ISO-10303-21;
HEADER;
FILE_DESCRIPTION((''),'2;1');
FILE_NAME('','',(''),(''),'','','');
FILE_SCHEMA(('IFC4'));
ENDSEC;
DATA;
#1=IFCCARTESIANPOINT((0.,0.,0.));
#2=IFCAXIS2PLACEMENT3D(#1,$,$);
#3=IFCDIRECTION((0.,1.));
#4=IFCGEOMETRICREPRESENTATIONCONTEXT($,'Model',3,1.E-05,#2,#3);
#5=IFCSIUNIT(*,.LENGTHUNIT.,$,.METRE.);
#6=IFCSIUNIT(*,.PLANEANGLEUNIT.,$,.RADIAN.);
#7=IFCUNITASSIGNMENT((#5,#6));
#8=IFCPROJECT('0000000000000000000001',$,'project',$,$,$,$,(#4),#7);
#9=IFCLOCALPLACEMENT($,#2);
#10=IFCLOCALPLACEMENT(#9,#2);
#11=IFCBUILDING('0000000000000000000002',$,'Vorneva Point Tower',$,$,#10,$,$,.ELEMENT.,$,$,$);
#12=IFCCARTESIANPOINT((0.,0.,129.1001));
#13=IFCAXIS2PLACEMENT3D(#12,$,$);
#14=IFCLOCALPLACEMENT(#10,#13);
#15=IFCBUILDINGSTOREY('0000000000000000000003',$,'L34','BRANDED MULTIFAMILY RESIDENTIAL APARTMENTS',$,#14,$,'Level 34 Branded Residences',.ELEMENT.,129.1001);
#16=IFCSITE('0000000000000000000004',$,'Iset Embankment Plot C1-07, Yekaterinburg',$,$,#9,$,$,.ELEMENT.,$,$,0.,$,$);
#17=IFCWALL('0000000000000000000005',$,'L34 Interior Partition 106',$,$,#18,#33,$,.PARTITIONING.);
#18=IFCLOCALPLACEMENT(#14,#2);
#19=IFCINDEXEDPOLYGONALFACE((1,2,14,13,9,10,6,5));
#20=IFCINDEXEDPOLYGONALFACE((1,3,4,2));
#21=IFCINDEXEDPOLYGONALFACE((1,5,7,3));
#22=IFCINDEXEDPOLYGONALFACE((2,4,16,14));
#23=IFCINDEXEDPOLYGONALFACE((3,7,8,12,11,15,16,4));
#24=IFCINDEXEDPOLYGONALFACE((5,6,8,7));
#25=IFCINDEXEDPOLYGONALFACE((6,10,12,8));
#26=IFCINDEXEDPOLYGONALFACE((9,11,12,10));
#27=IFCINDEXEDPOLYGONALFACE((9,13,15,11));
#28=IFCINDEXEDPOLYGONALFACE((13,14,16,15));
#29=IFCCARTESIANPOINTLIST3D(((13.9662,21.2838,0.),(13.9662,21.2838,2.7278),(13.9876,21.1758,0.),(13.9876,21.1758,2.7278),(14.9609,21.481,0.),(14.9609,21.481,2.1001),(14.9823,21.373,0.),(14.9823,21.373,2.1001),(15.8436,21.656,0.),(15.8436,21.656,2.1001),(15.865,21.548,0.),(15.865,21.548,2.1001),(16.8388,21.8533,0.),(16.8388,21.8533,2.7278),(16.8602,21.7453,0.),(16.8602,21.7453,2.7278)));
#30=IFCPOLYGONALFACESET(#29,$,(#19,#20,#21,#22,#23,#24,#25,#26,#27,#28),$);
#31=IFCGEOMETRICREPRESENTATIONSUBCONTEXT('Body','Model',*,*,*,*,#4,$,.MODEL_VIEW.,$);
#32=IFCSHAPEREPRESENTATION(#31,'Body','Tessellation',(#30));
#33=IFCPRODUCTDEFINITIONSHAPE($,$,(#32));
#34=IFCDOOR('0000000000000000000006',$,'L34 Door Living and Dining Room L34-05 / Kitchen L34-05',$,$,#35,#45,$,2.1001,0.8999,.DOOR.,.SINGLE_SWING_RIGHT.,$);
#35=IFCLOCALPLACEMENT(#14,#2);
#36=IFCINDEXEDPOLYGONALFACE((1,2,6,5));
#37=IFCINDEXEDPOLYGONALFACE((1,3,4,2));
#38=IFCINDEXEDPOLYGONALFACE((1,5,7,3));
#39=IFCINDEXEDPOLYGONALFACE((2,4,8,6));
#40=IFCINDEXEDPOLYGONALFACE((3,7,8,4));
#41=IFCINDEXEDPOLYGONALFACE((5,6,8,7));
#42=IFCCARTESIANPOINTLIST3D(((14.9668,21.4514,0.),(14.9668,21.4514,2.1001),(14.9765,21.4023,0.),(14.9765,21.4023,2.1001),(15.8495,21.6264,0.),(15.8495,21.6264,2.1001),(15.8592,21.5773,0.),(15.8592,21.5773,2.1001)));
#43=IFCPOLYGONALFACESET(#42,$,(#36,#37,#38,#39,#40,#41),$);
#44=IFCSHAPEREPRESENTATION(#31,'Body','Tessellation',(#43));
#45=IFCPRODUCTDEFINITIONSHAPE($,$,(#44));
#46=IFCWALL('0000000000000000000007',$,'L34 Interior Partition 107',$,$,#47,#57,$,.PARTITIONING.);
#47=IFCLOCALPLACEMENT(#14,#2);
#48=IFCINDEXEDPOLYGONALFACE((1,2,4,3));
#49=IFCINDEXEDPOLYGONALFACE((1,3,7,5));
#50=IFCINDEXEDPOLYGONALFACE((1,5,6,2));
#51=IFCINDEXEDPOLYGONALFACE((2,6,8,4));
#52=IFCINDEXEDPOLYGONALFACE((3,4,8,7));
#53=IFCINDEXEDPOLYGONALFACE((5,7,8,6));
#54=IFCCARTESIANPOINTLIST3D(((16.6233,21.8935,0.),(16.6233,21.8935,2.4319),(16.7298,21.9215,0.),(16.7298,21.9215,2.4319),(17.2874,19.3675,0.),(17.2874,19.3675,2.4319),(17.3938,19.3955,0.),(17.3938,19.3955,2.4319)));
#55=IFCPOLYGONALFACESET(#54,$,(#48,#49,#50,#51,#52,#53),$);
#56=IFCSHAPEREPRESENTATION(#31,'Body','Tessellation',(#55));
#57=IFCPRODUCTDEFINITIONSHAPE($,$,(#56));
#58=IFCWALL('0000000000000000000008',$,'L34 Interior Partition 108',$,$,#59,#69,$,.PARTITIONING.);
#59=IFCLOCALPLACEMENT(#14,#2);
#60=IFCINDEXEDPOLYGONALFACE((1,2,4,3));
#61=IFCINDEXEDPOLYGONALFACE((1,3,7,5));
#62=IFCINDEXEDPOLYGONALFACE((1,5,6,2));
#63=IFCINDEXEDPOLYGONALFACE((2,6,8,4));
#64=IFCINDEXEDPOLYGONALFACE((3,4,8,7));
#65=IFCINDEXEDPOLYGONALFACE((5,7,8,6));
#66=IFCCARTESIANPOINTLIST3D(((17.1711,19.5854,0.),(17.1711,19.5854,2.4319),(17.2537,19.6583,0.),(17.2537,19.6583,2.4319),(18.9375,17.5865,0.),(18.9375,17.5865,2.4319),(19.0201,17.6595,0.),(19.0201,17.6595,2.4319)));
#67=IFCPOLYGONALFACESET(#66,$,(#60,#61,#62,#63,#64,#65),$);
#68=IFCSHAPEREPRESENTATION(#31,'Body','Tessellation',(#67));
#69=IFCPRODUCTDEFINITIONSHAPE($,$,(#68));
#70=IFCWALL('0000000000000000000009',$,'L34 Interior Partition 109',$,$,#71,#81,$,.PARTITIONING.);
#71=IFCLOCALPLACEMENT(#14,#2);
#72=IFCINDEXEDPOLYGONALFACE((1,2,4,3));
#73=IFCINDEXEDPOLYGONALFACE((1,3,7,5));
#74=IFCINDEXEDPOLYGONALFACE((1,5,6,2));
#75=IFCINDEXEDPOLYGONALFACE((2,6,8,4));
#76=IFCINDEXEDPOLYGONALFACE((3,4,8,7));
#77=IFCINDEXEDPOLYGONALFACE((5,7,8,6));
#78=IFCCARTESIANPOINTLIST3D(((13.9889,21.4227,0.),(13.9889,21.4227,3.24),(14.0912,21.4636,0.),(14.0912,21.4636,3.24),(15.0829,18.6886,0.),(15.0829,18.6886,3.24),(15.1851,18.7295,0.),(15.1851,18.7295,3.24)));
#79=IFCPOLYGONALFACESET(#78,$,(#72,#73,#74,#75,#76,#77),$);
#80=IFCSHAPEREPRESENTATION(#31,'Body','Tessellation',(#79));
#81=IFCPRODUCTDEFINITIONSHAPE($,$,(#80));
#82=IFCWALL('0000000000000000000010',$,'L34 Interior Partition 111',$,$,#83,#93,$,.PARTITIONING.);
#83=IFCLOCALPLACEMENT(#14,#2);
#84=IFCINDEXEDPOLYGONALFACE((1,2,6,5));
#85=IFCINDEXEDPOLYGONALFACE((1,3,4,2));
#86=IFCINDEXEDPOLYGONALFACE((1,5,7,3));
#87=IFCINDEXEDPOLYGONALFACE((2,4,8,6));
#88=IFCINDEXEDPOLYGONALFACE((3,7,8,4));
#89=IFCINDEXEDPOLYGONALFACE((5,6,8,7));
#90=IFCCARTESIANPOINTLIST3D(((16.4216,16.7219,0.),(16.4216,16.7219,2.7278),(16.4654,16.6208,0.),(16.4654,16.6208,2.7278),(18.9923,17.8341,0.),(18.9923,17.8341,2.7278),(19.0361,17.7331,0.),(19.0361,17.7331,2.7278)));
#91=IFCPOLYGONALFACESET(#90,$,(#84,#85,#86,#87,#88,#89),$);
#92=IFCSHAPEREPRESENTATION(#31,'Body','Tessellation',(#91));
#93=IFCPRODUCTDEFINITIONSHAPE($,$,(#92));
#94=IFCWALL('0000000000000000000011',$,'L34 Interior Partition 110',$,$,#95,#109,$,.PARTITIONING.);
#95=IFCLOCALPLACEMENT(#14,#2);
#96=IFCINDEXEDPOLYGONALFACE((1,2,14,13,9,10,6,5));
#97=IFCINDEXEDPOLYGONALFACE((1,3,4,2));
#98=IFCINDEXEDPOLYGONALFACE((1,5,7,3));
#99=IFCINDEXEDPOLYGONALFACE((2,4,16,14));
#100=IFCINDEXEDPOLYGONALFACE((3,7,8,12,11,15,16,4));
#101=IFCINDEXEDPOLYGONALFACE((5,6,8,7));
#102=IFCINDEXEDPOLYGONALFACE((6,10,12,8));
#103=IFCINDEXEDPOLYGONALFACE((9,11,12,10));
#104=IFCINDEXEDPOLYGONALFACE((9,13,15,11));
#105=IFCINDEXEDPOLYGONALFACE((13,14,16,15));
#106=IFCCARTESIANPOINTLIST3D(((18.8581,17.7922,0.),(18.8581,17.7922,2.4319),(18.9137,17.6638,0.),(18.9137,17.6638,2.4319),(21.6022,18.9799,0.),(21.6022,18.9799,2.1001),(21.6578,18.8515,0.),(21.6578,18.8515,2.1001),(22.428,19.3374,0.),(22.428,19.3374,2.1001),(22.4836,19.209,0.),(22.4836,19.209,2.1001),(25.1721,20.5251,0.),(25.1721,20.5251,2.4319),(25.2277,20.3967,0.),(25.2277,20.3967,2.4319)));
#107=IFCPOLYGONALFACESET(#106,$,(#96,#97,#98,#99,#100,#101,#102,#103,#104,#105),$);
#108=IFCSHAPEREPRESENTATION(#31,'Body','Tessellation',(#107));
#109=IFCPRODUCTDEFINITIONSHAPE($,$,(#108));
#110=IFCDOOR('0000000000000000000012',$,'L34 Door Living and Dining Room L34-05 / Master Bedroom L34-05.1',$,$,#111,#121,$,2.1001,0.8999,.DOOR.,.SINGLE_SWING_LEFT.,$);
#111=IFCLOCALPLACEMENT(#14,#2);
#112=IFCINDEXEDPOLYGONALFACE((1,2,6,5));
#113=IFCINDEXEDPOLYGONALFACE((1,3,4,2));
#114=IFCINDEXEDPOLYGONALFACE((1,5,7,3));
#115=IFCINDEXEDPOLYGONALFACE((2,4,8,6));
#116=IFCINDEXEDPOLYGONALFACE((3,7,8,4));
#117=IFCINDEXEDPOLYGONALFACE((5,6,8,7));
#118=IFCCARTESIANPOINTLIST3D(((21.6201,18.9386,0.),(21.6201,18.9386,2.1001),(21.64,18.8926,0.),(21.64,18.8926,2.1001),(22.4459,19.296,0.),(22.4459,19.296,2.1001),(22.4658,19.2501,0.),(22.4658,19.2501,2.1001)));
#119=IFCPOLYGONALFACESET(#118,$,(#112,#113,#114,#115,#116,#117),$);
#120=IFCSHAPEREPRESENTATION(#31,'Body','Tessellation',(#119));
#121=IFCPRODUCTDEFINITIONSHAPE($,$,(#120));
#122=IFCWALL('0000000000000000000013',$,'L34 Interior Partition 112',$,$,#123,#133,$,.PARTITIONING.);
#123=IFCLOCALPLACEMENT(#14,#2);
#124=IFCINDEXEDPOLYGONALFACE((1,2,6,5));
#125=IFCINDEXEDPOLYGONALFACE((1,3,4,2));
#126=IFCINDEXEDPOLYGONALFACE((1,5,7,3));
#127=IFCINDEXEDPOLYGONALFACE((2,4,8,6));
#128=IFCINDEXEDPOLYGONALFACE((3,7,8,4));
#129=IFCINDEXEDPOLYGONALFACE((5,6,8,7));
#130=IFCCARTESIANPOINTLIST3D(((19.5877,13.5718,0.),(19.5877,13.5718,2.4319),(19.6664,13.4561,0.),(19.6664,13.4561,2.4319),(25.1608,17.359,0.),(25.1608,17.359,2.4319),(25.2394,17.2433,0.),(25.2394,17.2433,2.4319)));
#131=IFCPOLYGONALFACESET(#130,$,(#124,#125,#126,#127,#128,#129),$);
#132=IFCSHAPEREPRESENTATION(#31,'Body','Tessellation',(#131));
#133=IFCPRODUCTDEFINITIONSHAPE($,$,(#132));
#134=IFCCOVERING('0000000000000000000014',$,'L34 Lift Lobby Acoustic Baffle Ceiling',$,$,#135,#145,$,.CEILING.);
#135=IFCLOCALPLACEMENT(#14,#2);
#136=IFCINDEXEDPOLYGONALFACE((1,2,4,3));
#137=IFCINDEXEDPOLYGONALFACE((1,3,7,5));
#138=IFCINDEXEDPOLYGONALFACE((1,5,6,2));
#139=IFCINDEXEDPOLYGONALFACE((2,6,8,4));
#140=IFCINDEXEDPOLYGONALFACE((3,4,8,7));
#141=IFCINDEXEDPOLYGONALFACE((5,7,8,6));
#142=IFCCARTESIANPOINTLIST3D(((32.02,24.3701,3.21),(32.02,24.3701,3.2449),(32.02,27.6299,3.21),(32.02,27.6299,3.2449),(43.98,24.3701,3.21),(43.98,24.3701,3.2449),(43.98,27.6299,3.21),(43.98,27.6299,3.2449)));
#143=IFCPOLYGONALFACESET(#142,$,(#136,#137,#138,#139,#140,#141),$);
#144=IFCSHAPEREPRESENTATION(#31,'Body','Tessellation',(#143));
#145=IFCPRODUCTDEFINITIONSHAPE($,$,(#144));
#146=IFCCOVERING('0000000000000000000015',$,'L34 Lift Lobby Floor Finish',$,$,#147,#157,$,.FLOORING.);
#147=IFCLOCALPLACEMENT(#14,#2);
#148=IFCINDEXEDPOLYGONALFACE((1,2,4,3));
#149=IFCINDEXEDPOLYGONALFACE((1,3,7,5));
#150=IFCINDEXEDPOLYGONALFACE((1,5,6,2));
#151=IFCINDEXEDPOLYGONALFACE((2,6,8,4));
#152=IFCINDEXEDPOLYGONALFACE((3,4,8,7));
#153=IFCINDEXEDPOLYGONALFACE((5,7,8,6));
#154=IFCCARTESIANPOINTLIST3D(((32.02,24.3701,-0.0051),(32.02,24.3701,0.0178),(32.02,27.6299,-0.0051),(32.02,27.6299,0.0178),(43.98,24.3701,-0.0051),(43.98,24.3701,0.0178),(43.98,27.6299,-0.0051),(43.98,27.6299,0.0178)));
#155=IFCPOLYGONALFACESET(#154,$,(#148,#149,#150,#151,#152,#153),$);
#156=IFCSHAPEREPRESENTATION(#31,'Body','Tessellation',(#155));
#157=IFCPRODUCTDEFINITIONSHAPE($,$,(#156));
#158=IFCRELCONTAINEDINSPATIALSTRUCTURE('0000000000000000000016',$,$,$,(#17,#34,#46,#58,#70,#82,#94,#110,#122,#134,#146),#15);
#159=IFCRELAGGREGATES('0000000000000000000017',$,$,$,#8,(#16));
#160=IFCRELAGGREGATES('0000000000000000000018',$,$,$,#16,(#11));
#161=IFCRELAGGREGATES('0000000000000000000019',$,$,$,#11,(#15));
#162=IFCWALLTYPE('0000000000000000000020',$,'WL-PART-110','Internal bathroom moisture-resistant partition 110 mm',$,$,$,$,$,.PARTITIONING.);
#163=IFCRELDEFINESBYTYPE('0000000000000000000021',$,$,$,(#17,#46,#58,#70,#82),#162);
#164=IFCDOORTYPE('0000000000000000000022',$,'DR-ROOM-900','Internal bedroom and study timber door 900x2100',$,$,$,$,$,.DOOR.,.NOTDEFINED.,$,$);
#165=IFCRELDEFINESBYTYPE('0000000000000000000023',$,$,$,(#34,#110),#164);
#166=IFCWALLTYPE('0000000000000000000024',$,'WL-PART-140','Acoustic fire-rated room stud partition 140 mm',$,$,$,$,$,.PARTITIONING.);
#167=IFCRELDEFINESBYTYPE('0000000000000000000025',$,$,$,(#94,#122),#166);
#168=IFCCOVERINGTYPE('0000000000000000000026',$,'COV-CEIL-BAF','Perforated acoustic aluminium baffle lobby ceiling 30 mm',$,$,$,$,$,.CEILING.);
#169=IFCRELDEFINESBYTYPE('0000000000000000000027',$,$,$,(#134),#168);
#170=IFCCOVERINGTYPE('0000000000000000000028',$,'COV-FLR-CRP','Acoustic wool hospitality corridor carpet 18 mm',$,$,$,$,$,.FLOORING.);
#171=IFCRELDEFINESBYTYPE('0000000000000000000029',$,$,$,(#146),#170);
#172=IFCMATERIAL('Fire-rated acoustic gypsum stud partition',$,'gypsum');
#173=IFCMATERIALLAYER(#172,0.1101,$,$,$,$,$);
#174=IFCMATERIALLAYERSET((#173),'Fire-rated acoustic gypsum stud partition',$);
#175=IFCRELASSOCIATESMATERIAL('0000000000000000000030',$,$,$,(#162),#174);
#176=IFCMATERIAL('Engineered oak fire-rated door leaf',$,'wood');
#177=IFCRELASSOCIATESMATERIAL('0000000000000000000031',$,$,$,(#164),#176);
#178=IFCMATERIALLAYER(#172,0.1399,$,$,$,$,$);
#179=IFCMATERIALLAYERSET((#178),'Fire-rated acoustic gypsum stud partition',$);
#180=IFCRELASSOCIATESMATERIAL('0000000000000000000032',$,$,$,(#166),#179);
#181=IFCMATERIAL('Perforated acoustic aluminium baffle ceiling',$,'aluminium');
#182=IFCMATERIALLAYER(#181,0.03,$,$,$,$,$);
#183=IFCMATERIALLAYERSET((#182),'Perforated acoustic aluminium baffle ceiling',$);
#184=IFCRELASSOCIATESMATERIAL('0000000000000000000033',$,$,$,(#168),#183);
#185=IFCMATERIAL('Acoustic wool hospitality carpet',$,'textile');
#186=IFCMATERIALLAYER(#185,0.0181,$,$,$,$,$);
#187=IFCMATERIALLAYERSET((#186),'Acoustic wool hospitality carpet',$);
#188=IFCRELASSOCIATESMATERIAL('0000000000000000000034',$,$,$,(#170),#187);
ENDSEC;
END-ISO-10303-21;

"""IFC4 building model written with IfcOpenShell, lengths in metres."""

from ifc_helpers import new_model, si_unit, direction, frame, frame_2d, origin, place, context, subcontext, project, spatial, polyline, rectangle, outline, extrude, material, layer, layer_set, type_object, element, fill, save


model = new_model("IFC4")

# Units and contexts
model_context = context("Model", 3, precision=1e-05, world=origin(), true_north=direction((0.0, 1.0)))
body_context = subcontext(model_context, "Body", "Model", "MODEL_VIEW")
ifc_project = project(units=[si_unit("LENGTHUNIT", "METRE"), si_unit("PLANEANGLEUNIT", "RADIAN")], contexts=[model_context])

# Site, building, storey
site_placement = place(None, origin())
site = spatial("IfcSite", under=ifc_project, at=site_placement, Name="Iset Embankment Plot C1-07, Yekaterinburg", CompositionType="ELEMENT", RefElevation=0.0)
building_placement = place(site_placement, origin())
building = spatial("IfcBuilding", under=site, at=building_placement, Name="Vorneva Point Tower", CompositionType="ELEMENT")
storey_placement = place(building_placement, frame((0.0, 0.0, 129.1001)))
storey = spatial("IfcBuildingStorey", under=building, at=storey_placement, Name="L34", Description="BRANDED MULTIFAMILY RESIDENTIAL APARTMENTS", LongName="Level 34 Branded Residences", CompositionType="ELEMENT", Elevation=129.1001)

# Shared definitions
ifc_material_1 = material(Name="Fire-rated acoustic gypsum stud partition", Category="gypsum")
ifc_layer_1 = layer(ifc_material_1, 0.1101)
ifc_layer_set_1 = layer_set([ifc_layer_1], Name="Fire-rated acoustic gypsum stud partition")
wall_type_1 = type_object("IfcWallType", Name="WL-PART-110", Description="Internal bathroom moisture-resistant partition 110 mm", PredefinedType="PARTITIONING", material=ifc_layer_set_1)

# Wall, opening, door
wall_1_placement = place(storey_placement, frame((13.9768, 21.2297, 0.0), z_axis=(0.0, 0.0, 1.0), x_axis=(0.980903, 0.194497, 0.0)))
wall_1 = element("IfcWall", 1, at=wall_1_placement, inside=storey, type_object=wall_type_1, Name="L34 Interior Partition 106", PredefinedType="PARTITIONING", context=body_context, shape_type="SweptSolid", body=[
    extrude(rectangle(XDim=2.9285, YDim=0.1101, at=frame_2d((1.4644, 0.0))), origin(), (0.0, 0.0, 1.0), 2.7278),
])
opening_1_placement = place(wall_1_placement, frame((1.0142, 0.0, 0.0)))
opening_1 = element("IfcOpeningElement", 2, at=opening_1_placement, cuts=wall_1, PredefinedType="OPENING", context=body_context, shape_type="SweptSolid", body=[
    extrude(rectangle(XDim=0.8999, YDim=2.1001, at=frame_2d((0.45, 1.05))), frame((0.0, 0.0698, 0.0), z_axis=(0.0, -1.0, 0.0), x_axis=(1.0, 0.0, 0.0)), (0.0, 0.0, 1.0), 0.1399),
])
ifc_material_2 = material(Name="Engineered oak fire-rated door leaf", Category="wood")
door_type_1 = type_object("IfcDoorType", Name="DR-ROOM-900", Description="Internal bedroom and study timber door 900x2100", OperationType="NOTDEFINED", PredefinedType="DOOR", material=ifc_material_2)
door_1_placement = place(opening_1_placement, origin())
door_1 = element("IfcDoor", 3, at=door_1_placement, inside=storey, type_object=door_type_1, Name="L34 Door Living and Dining Room L34-05 / Kitchen L34-05", OperationType="SINGLE_SWING_RIGHT", OverallHeight=2.1001, OverallWidth=0.8999, PredefinedType="DOOR", context=body_context, shape_type="SweptSolid", body=[
    extrude(rectangle(XDim=0.8999, YDim=2.1001, at=frame_2d((0.45, 1.05))), frame((0.0, 0.0249, 0.0), z_axis=(0.0, -1.0, 0.0), x_axis=(1.0, 0.0, 0.0)), (0.0, 0.0, 1.0), 0.05),
])
fill(opening_1, door_1)

# Walls
wall_2_placement = place(storey_placement, frame((16.6765, 21.9075, 0.0), z_axis=(0.0, 0.0, 1.0), x_axis=(0.254263, -0.967135, 0.0)))
element("IfcWall", 4, at=wall_2_placement, inside=storey, type_object=wall_type_1, Name="L34 Interior Partition 107", PredefinedType="PARTITIONING", context=body_context, shape_type="SweptSolid", body=[
    extrude(rectangle(XDim=2.6118, YDim=0.1101, at=frame_2d((1.3059, 0.0))), origin(), (0.0, 0.0, 1.0), 2.4319),
])
wall_3_placement = place(storey_placement, frame((17.2124, 19.6218, 0.0), z_axis=(0.0, 0.0, 1.0), x_axis=(0.662197, -0.74933, 0.0)))
element("IfcWall", 5, at=wall_3_placement, inside=storey, type_object=wall_type_1, Name="L34 Interior Partition 108", PredefinedType="PARTITIONING", context=body_context, shape_type="SweptSolid", body=[
    extrude(rectangle(XDim=2.6675, YDim=0.1101, at=frame_2d((1.3337, 0.0))), origin(), (0.0, 0.0, 1.0), 2.4319),
])
wall_4_placement = place(storey_placement, frame((14.04, 21.4431, 0.0), z_axis=(0.0, 0.0, 1.0), x_axis=(0.371491, -0.928437, 0.0)))
element("IfcWall", 6, at=wall_4_placement, inside=storey, type_object=wall_type_1, Name="L34 Interior Partition 109", PredefinedType="PARTITIONING", context=body_context, shape_type="SweptSolid", body=[
    extrude(rectangle(XDim=2.9448, YDim=0.1101, at=frame_2d((1.4724, 0.0))), origin(), (0.0, 0.0, 1.0), 3.24),
])
wall_5_placement = place(storey_placement, frame((16.4436, 16.6714, 0.0), z_axis=(0.0, 0.0, 1.0), x_axis=(0.917778, 0.397094, 0.0)))
element("IfcWall", 7, at=wall_5_placement, inside=storey, type_object=wall_type_1, Name="L34 Interior Partition 111", PredefinedType="PARTITIONING", context=body_context, shape_type="SweptSolid", body=[
    extrude(rectangle(XDim=2.801, YDim=0.1101, at=frame_2d((1.4004, 0.0))), origin(), (0.0, 0.0, 1.0), 2.7278),
])

# Wall, opening, door
ifc_layer_2 = layer(ifc_material_1, 0.1399)
ifc_layer_set_2 = layer_set([ifc_layer_2], Name="Fire-rated acoustic gypsum stud partition")
wall_type_2 = type_object("IfcWallType", Name="WL-PART-140", Description="Acoustic fire-rated room stud partition 140 mm", PredefinedType="PARTITIONING", material=ifc_layer_set_2)
wall_6_placement = place(storey_placement, frame((18.886, 17.728, 0.0), z_axis=(0.0, 0.0, 1.0), x_axis=(0.917722, 0.397223, 0.0)))
wall_6 = element("IfcWall", 8, at=wall_6_placement, inside=storey, type_object=wall_type_2, Name="L34 Interior Partition 110", PredefinedType="PARTITIONING", context=body_context, shape_type="SweptSolid", body=[
    extrude(rectangle(XDim=6.8801, YDim=0.1399, at=frame_2d((3.4399, 0.0))), origin(), (0.0, 0.0, 1.0), 2.4319),
])
opening_2_placement = place(wall_6_placement, frame((2.99, 0.0, 0.0)))
opening_2 = element("IfcOpeningElement", 9, at=opening_2_placement, cuts=wall_6, PredefinedType="OPENING", context=body_context, shape_type="SweptSolid", body=[
    extrude(rectangle(XDim=0.8999, YDim=2.1001, at=frame_2d((0.45, 1.05))), frame((0.0, 0.085, 0.0), z_axis=(0.0, -1.0, 0.0), x_axis=(1.0, 0.0, 0.0)), (0.0, 0.0, 1.0), 0.1697),
])
door_2_placement = place(opening_2_placement, origin())
door_2 = element("IfcDoor", 10, at=door_2_placement, inside=storey, type_object=door_type_1, Name="L34 Door Living and Dining Room L34-05 / Master Bedroom L34-05.1", OperationType="SINGLE_SWING_LEFT", OverallHeight=2.1001, OverallWidth=0.8999, PredefinedType="DOOR", context=body_context, shape_type="SweptSolid", body=[
    extrude(rectangle(XDim=0.8999, YDim=2.1001, at=frame_2d((0.45, 1.05))), frame((0.0, 0.0249, 0.0), z_axis=(0.0, -1.0, 0.0), x_axis=(1.0, 0.0, 0.0)), (0.0, 0.0, 1.0), 0.05),
])
fill(opening_2, door_2)

# Wall
wall_7_placement = place(storey_placement, frame((19.627, 13.5139, 0.0), z_axis=(0.0, 0.0, 1.0), x_axis=(0.827101, 0.562053, 0.0)))
element("IfcWall", 11, at=wall_7_placement, inside=storey, type_object=wall_type_2, Name="L34 Interior Partition 112", PredefinedType="PARTITIONING", context=body_context, shape_type="SweptSolid", body=[
    extrude(rectangle(XDim=6.738, YDim=0.1399, at=frame_2d((3.3691, 0.0))), origin(), (0.0, 0.0, 1.0), 2.4319),
])

# Coverings
ifc_material_3 = material(Name="Perforated acoustic aluminium baffle ceiling", Category="aluminium")
ifc_layer_3 = layer(ifc_material_3, 0.03)
ifc_layer_set_3 = layer_set([ifc_layer_3], Name="Perforated acoustic aluminium baffle ceiling")
covering_type_1 = type_object("IfcCoveringType", Name="COV-CEIL-BAF", Description="Perforated acoustic aluminium baffle lobby ceiling 30 mm", PredefinedType="CEILING", material=ifc_layer_set_3)
covering_1_placement = place(storey_placement, frame((0.0, 0.0, 3.21)))
element("IfcCovering", 12, at=covering_1_placement, inside=storey, type_object=covering_type_1, Name="L34 Lift Lobby Acoustic Baffle Ceiling", PredefinedType="CEILING", context=body_context, shape_type="SweptSolid", body=[
    extrude(outline(polyline([(32.02, 24.3701), (43.98, 24.3701), (43.98, 27.6299), (32.02, 27.6299), (32.02, 24.3701)])), origin(), (0.0, 0.0, 1.0), 0.0349),
])
ifc_material_4 = material(Name="Acoustic wool hospitality carpet", Category="textile")
ifc_layer_4 = layer(ifc_material_4, 0.0181)
ifc_layer_set_4 = layer_set([ifc_layer_4], Name="Acoustic wool hospitality carpet")
covering_type_2 = type_object("IfcCoveringType", Name="COV-FLR-CRP", Description="Acoustic wool hospitality corridor carpet 18 mm", PredefinedType="FLOORING", material=ifc_layer_set_4)
covering_2_placement = place(storey_placement, frame((0.0, 0.0, -0.0051)))
element("IfcCovering", 13, at=covering_2_placement, inside=storey, type_object=covering_type_2, Name="L34 Lift Lobby Floor Finish", PredefinedType="FLOORING", context=body_context, shape_type="SweptSolid", body=[
    extrude(outline(polyline([(32.02, 24.3701), (43.98, 24.3701), (43.98, 27.6299), (32.02, 27.6299), (32.02, 24.3701)])), origin(), (0.0, 0.0, 1.0), 0.0229),
])

save(model, "model.ifc")
